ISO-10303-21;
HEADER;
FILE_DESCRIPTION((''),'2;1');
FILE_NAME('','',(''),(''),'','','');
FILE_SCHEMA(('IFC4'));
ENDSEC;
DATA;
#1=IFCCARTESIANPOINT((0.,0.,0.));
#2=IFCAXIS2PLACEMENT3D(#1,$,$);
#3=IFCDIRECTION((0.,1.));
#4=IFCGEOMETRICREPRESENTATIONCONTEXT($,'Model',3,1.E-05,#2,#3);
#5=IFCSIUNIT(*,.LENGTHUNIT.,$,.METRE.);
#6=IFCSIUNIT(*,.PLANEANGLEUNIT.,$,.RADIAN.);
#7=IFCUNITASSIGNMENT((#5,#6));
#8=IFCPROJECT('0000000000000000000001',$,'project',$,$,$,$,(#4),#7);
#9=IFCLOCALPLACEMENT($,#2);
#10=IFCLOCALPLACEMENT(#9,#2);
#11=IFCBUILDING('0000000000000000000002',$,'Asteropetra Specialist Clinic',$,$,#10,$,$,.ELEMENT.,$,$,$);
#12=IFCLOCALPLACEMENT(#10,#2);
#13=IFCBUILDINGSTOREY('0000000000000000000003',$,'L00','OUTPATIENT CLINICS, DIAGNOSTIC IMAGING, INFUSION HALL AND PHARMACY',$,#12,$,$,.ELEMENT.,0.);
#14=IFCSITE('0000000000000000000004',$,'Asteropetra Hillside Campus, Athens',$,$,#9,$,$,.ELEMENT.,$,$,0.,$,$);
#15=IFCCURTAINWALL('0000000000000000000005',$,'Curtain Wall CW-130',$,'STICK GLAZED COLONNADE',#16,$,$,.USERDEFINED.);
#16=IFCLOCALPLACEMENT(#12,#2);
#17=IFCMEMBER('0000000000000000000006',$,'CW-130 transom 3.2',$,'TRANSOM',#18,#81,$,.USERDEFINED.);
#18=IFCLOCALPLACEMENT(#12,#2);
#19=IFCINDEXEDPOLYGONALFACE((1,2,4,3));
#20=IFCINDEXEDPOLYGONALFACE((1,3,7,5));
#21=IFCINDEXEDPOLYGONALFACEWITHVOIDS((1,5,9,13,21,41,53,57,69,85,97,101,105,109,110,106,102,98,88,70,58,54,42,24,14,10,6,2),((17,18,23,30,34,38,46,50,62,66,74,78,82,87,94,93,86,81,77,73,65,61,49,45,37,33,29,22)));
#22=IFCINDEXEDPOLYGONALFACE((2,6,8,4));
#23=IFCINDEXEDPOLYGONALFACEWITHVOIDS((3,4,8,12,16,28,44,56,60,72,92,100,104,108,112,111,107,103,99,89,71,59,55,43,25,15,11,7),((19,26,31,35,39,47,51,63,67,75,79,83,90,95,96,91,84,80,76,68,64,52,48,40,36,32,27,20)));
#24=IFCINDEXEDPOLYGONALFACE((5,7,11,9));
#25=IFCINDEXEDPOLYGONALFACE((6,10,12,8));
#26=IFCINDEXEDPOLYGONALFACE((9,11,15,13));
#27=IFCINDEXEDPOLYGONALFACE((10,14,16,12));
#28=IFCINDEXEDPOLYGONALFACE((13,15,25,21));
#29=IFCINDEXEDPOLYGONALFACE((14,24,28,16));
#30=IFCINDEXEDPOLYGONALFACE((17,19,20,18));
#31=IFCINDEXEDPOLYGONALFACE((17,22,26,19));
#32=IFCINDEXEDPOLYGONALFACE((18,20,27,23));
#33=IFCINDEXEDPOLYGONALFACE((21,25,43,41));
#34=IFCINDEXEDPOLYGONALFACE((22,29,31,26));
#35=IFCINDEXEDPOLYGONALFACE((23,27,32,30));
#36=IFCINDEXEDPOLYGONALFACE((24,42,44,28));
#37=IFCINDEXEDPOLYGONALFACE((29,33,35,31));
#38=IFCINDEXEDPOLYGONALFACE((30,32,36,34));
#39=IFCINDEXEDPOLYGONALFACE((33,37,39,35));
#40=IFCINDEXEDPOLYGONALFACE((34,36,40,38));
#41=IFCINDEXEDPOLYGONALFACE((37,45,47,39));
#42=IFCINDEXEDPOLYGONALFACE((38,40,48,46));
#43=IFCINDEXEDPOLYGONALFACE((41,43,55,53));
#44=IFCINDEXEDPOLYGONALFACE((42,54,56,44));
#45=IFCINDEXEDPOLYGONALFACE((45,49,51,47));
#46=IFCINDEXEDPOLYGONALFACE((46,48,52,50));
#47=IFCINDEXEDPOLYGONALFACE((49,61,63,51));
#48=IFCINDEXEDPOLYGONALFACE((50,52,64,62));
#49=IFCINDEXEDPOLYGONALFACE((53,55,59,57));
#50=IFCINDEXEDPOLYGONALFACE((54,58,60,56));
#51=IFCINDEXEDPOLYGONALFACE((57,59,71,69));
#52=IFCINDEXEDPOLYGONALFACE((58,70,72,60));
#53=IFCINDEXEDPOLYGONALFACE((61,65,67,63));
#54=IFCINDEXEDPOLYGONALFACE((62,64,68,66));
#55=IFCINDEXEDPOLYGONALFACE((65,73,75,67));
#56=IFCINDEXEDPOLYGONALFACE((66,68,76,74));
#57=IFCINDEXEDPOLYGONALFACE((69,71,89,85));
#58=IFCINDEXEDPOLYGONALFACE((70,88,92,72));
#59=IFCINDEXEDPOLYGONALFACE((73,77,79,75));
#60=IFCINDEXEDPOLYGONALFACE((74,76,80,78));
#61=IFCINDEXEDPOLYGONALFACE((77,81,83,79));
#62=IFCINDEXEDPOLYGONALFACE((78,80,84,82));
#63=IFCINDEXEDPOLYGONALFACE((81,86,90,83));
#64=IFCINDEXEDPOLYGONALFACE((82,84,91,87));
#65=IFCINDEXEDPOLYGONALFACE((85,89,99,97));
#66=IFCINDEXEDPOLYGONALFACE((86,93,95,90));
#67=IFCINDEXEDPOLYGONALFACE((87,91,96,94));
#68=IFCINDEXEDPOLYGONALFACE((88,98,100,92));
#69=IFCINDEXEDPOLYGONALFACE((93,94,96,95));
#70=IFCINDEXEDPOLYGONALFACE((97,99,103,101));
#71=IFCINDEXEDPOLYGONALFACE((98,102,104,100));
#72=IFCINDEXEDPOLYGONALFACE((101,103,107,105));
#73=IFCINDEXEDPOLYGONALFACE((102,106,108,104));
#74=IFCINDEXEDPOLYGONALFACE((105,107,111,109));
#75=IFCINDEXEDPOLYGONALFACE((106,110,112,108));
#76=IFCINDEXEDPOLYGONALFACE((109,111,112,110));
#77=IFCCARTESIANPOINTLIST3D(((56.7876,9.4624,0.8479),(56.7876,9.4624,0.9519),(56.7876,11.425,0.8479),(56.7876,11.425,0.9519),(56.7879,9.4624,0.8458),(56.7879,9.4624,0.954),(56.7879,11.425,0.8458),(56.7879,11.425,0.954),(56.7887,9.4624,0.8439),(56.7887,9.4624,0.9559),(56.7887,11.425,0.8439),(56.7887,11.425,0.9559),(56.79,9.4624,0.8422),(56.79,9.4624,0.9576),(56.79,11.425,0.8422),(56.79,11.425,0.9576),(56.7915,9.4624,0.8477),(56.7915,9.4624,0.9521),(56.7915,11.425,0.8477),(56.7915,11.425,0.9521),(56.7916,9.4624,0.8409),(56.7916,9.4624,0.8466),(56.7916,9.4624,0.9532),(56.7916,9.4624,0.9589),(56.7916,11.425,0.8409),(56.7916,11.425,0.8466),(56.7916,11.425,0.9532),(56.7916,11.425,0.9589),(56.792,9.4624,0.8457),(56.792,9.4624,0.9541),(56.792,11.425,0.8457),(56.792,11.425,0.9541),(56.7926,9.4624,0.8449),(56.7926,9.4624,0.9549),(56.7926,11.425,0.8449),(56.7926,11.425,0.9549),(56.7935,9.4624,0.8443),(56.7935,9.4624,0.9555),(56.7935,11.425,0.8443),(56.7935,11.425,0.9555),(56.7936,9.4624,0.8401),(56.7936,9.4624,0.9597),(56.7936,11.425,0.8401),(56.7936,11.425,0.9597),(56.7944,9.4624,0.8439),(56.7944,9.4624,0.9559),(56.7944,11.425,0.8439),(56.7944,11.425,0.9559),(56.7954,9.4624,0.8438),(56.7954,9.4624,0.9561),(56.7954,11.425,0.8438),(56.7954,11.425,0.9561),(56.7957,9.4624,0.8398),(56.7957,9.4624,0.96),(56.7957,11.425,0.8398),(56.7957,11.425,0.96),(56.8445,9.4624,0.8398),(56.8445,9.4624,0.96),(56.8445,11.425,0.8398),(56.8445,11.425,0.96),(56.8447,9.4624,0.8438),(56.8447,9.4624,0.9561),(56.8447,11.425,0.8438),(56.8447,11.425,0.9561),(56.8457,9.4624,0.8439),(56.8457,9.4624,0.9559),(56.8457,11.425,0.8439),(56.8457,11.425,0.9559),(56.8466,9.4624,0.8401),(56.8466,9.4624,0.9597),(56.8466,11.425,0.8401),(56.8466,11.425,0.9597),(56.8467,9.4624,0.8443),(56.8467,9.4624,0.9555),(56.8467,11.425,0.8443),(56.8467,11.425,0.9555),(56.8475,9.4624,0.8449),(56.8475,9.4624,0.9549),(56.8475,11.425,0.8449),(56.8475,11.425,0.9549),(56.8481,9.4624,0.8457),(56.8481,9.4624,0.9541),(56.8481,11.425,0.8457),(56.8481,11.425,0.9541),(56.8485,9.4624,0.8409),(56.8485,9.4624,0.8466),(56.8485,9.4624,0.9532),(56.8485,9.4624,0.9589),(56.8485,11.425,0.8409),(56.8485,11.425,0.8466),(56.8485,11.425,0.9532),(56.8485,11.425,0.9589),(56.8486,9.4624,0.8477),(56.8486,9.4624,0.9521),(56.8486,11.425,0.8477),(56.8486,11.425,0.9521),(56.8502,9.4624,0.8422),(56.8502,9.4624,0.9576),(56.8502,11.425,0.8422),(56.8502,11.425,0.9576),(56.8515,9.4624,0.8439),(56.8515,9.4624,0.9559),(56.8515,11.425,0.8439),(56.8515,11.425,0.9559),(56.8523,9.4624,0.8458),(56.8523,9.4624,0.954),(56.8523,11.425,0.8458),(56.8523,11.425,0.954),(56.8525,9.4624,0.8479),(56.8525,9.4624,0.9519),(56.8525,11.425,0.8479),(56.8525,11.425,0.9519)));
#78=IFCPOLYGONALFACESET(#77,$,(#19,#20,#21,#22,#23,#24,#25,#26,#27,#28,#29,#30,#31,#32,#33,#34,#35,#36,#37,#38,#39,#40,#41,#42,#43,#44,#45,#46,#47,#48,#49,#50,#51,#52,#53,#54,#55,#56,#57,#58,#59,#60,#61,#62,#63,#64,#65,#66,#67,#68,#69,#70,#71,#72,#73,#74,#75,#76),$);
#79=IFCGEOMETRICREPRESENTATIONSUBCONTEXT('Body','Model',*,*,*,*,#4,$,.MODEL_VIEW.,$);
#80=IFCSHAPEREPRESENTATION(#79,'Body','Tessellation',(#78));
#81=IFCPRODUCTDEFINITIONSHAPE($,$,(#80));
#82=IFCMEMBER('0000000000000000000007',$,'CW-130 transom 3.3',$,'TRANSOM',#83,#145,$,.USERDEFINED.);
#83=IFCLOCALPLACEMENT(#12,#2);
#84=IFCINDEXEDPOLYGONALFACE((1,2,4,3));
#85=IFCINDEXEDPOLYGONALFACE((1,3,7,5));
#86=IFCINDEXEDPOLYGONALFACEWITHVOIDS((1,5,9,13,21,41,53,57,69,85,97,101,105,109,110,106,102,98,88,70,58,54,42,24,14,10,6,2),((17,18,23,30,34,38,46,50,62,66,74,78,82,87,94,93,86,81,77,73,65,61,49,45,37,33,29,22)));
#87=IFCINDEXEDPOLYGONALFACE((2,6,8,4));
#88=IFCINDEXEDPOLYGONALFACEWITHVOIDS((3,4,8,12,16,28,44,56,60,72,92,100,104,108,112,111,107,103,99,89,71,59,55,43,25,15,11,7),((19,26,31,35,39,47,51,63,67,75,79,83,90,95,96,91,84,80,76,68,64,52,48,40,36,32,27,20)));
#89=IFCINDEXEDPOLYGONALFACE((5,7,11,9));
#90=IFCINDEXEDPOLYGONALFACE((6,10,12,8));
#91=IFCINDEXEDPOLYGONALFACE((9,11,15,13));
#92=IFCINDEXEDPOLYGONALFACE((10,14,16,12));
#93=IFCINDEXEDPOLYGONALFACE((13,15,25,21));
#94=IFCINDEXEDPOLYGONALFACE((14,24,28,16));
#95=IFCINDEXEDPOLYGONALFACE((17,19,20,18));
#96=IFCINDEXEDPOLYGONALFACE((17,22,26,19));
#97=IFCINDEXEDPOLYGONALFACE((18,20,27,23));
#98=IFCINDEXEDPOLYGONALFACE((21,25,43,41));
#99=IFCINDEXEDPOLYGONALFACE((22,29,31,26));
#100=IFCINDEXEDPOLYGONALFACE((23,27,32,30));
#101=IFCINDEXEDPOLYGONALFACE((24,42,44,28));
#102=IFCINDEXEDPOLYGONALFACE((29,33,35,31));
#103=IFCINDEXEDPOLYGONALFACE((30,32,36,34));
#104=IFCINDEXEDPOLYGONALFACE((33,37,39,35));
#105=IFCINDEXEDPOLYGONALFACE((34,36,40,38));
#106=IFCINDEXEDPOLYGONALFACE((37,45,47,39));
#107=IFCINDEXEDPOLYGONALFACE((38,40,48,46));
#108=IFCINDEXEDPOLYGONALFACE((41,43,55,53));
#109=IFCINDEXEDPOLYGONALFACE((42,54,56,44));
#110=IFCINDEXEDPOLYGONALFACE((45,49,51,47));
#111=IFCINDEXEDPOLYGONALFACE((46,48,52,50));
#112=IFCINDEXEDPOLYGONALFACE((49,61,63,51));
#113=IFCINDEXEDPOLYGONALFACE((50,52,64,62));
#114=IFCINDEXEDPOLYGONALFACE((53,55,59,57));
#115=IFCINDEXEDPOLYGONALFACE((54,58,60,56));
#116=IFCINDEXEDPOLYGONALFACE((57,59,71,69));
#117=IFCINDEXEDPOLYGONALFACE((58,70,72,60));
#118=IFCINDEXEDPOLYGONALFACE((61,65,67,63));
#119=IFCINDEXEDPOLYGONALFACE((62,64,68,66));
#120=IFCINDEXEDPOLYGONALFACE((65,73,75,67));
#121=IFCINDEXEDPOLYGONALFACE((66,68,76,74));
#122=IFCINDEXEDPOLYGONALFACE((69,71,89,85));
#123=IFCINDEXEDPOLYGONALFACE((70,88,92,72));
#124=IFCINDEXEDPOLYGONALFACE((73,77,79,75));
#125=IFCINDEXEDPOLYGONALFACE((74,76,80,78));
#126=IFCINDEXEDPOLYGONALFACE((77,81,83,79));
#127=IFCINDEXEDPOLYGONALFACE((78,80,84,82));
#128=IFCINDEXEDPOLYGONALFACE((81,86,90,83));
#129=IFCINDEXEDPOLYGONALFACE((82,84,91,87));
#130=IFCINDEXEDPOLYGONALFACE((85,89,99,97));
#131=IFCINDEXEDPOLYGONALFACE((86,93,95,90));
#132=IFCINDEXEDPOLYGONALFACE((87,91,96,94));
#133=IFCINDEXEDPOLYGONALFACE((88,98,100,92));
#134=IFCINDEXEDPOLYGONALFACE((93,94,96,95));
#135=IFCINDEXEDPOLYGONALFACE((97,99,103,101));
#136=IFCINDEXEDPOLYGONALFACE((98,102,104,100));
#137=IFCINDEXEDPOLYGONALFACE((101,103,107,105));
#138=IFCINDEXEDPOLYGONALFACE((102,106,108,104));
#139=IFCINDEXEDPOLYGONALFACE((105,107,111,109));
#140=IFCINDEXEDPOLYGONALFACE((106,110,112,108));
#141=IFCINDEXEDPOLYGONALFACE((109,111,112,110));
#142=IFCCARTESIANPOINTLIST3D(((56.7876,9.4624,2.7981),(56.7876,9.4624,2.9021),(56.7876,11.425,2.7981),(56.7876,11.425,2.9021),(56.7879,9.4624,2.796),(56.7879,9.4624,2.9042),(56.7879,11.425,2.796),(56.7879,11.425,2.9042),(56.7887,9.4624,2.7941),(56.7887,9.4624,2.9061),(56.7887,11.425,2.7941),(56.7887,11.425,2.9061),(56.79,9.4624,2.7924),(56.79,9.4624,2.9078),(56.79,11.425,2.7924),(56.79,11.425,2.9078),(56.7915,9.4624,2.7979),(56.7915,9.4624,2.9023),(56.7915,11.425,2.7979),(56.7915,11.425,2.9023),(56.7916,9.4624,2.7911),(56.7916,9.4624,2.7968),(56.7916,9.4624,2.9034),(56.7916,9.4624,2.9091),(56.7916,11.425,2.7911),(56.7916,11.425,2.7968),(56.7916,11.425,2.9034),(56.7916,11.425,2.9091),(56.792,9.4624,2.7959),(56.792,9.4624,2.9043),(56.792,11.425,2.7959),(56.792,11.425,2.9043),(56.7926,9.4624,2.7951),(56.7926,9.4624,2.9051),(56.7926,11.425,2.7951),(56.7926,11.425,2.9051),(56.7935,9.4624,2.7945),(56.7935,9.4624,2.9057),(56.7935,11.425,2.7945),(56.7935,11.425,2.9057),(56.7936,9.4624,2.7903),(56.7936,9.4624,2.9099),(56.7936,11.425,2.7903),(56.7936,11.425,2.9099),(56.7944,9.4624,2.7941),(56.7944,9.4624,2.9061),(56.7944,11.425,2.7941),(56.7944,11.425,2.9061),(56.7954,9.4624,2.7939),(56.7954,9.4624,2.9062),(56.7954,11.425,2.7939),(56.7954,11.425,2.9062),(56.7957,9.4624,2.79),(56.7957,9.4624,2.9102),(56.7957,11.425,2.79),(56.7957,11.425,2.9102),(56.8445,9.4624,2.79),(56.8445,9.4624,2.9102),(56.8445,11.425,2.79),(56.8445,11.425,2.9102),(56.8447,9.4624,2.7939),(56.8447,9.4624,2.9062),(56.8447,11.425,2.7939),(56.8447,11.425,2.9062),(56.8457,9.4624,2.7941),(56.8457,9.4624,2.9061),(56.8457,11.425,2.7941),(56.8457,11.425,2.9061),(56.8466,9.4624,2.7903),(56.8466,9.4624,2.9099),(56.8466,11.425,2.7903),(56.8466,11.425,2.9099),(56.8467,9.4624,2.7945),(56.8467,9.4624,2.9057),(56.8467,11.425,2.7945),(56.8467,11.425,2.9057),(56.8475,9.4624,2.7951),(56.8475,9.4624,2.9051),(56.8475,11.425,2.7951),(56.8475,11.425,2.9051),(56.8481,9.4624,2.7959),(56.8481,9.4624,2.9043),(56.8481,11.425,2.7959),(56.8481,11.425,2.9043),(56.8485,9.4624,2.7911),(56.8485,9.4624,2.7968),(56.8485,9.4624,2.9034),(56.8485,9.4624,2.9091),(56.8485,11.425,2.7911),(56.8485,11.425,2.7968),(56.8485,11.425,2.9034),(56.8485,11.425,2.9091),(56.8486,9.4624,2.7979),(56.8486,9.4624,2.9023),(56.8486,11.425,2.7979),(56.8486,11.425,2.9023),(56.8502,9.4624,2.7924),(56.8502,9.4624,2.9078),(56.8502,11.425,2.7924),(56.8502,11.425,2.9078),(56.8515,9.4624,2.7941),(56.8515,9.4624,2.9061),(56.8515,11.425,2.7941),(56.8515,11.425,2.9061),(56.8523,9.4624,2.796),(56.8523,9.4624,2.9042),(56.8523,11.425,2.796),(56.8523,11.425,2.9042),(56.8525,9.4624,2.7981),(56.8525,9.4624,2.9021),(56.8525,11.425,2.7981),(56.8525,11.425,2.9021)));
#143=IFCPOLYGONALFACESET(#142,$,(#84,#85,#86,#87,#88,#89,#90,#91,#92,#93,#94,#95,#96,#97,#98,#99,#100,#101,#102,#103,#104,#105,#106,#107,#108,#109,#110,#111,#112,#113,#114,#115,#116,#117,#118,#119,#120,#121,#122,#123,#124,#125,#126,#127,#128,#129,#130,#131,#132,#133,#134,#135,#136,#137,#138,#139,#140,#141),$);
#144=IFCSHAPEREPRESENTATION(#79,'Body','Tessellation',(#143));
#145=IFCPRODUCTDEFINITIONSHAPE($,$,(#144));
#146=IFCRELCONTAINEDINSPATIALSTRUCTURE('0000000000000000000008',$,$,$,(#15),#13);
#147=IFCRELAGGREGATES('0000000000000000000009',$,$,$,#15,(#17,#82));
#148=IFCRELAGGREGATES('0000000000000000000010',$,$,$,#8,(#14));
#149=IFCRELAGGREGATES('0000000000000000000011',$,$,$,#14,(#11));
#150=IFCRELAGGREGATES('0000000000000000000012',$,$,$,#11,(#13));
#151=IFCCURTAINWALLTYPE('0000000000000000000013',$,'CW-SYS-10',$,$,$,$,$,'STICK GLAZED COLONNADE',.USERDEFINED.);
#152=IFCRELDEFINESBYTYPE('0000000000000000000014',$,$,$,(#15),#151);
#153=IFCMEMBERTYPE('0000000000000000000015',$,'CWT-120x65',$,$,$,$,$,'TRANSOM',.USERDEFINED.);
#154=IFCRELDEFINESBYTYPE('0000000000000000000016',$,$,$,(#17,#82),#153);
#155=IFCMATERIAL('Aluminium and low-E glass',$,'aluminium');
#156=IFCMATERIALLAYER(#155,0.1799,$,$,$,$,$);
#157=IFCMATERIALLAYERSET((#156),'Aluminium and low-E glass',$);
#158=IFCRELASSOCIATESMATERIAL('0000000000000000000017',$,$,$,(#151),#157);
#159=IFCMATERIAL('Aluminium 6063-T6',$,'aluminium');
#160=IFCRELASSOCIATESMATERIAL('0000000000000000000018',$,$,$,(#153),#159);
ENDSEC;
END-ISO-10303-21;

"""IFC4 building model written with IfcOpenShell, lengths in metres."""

from ifc_helpers import new_model, si_unit, direction, frame, origin, origin_2d, place, context, subcontext, project, spatial, hollow_rectangle, extrude, material, layer, layer_set, material_profile, profile_set, type_object, element, aggregate, save


model = new_model("IFC4")

# Units and contexts
model_context = context("Model", 3, precision=1e-05, world=origin(), true_north=direction((0.0, 1.0)))
body_context = subcontext(model_context, "Body", "Model", "MODEL_VIEW")
ifc_project = project(units=[si_unit("LENGTHUNIT", "METRE"), si_unit("PLANEANGLEUNIT", "RADIAN")], contexts=[model_context])

# Site, building, storey
site_placement = place(None, origin())
site = spatial("IfcSite", under=ifc_project, at=site_placement, Name="Asteropetra Hillside Campus, Athens", CompositionType="ELEMENT", RefElevation=0.0)
building_placement = place(site_placement, origin())
building = spatial("IfcBuilding", under=site, at=building_placement, Name="Asteropetra Specialist Clinic", CompositionType="ELEMENT")
storey_placement = place(building_placement, origin())
storey = spatial("IfcBuildingStorey", under=building, at=storey_placement, Name="L00", Description="OUTPATIENT CLINICS, DIAGNOSTIC IMAGING, INFUSION HALL AND PHARMACY", CompositionType="ELEMENT", Elevation=0.0)

# Curtain wall, members
ifc_material_1 = material(Name="Aluminium and low-E glass", Category="aluminium")
ifc_layer_1 = layer(ifc_material_1, 0.1799)
ifc_layer_set_1 = layer_set([ifc_layer_1], Name="Aluminium and low-E glass")
curtain_wall_type = type_object("IfcCurtainWallType", Name="CW-SYS-10", ElementType="STICK GLAZED COLONNADE", PredefinedType="USERDEFINED", material=ifc_layer_set_1)
curtain_wall_placement = place(storey_placement, origin())
curtain_wall = element("IfcCurtainWall", 1, at=curtain_wall_placement, inside=storey, type_object=curtain_wall_type, Name="Curtain Wall CW-130", ObjectType="STICK GLAZED COLONNADE", PredefinedType="USERDEFINED")
ifc_material_2 = material(Name="Aluminium 6063-T6", Category="aluminium")
ifc_material_profile_1 = material_profile(ifc_material_2, hollow_rectangle(XDim=0.0649, YDim=0.1201, WallThickness=0.0039, InnerFilletRadius=0.0039, OuterFilletRadius=0.0081, at=origin_2d()), Name="TRN 120x65x4.0")
ifc_profile_set_1 = profile_set([ifc_material_profile_1], Name="Aluminium 6063-T6")
member_type_1 = type_object("IfcMemberType", Name="CWT-120x65", ElementType="TRANSOM", PredefinedType="USERDEFINED", material=ifc_profile_set_1)
member_1_placement = place(storey_placement, frame((56.8201, 9.4624, 0.8999), z_axis=(0.0, 1.0, 0.0), x_axis=(-1.0, 0.0, 0.0)))
member_1 = element("IfcMember", 2, at=member_1_placement, type_object=member_type_1, Name="CW-130 transom 3.2", ObjectType="TRANSOM", PredefinedType="USERDEFINED", context=body_context, shape_type="SweptSolid", body=[
    extrude(hollow_rectangle(XDim=0.0649, YDim=0.1201, WallThickness=0.0039, InnerFilletRadius=0.0039, OuterFilletRadius=0.0081, at=origin_2d()), origin(), (0.0, 0.0, 1.0), 1.9626),
])
member_2_placement = place(storey_placement, frame((56.8201, 9.4624, 2.8501), z_axis=(0.0, 1.0, 0.0), x_axis=(-1.0, 0.0, 0.0)))
member_2 = element("IfcMember", 3, at=member_2_placement, type_object=member_type_1, Name="CW-130 transom 3.3", ObjectType="TRANSOM", PredefinedType="USERDEFINED", context=body_context, shape_type="SweptSolid", body=[
    extrude(hollow_rectangle(XDim=0.0649, YDim=0.1201, WallThickness=0.0039, InnerFilletRadius=0.0039, OuterFilletRadius=0.0081, at=origin_2d()), origin(), (0.0, 0.0, 1.0), 1.9626),
])
aggregate(curtain_wall, [member_1, member_2])

save(model, "model.ifc")
